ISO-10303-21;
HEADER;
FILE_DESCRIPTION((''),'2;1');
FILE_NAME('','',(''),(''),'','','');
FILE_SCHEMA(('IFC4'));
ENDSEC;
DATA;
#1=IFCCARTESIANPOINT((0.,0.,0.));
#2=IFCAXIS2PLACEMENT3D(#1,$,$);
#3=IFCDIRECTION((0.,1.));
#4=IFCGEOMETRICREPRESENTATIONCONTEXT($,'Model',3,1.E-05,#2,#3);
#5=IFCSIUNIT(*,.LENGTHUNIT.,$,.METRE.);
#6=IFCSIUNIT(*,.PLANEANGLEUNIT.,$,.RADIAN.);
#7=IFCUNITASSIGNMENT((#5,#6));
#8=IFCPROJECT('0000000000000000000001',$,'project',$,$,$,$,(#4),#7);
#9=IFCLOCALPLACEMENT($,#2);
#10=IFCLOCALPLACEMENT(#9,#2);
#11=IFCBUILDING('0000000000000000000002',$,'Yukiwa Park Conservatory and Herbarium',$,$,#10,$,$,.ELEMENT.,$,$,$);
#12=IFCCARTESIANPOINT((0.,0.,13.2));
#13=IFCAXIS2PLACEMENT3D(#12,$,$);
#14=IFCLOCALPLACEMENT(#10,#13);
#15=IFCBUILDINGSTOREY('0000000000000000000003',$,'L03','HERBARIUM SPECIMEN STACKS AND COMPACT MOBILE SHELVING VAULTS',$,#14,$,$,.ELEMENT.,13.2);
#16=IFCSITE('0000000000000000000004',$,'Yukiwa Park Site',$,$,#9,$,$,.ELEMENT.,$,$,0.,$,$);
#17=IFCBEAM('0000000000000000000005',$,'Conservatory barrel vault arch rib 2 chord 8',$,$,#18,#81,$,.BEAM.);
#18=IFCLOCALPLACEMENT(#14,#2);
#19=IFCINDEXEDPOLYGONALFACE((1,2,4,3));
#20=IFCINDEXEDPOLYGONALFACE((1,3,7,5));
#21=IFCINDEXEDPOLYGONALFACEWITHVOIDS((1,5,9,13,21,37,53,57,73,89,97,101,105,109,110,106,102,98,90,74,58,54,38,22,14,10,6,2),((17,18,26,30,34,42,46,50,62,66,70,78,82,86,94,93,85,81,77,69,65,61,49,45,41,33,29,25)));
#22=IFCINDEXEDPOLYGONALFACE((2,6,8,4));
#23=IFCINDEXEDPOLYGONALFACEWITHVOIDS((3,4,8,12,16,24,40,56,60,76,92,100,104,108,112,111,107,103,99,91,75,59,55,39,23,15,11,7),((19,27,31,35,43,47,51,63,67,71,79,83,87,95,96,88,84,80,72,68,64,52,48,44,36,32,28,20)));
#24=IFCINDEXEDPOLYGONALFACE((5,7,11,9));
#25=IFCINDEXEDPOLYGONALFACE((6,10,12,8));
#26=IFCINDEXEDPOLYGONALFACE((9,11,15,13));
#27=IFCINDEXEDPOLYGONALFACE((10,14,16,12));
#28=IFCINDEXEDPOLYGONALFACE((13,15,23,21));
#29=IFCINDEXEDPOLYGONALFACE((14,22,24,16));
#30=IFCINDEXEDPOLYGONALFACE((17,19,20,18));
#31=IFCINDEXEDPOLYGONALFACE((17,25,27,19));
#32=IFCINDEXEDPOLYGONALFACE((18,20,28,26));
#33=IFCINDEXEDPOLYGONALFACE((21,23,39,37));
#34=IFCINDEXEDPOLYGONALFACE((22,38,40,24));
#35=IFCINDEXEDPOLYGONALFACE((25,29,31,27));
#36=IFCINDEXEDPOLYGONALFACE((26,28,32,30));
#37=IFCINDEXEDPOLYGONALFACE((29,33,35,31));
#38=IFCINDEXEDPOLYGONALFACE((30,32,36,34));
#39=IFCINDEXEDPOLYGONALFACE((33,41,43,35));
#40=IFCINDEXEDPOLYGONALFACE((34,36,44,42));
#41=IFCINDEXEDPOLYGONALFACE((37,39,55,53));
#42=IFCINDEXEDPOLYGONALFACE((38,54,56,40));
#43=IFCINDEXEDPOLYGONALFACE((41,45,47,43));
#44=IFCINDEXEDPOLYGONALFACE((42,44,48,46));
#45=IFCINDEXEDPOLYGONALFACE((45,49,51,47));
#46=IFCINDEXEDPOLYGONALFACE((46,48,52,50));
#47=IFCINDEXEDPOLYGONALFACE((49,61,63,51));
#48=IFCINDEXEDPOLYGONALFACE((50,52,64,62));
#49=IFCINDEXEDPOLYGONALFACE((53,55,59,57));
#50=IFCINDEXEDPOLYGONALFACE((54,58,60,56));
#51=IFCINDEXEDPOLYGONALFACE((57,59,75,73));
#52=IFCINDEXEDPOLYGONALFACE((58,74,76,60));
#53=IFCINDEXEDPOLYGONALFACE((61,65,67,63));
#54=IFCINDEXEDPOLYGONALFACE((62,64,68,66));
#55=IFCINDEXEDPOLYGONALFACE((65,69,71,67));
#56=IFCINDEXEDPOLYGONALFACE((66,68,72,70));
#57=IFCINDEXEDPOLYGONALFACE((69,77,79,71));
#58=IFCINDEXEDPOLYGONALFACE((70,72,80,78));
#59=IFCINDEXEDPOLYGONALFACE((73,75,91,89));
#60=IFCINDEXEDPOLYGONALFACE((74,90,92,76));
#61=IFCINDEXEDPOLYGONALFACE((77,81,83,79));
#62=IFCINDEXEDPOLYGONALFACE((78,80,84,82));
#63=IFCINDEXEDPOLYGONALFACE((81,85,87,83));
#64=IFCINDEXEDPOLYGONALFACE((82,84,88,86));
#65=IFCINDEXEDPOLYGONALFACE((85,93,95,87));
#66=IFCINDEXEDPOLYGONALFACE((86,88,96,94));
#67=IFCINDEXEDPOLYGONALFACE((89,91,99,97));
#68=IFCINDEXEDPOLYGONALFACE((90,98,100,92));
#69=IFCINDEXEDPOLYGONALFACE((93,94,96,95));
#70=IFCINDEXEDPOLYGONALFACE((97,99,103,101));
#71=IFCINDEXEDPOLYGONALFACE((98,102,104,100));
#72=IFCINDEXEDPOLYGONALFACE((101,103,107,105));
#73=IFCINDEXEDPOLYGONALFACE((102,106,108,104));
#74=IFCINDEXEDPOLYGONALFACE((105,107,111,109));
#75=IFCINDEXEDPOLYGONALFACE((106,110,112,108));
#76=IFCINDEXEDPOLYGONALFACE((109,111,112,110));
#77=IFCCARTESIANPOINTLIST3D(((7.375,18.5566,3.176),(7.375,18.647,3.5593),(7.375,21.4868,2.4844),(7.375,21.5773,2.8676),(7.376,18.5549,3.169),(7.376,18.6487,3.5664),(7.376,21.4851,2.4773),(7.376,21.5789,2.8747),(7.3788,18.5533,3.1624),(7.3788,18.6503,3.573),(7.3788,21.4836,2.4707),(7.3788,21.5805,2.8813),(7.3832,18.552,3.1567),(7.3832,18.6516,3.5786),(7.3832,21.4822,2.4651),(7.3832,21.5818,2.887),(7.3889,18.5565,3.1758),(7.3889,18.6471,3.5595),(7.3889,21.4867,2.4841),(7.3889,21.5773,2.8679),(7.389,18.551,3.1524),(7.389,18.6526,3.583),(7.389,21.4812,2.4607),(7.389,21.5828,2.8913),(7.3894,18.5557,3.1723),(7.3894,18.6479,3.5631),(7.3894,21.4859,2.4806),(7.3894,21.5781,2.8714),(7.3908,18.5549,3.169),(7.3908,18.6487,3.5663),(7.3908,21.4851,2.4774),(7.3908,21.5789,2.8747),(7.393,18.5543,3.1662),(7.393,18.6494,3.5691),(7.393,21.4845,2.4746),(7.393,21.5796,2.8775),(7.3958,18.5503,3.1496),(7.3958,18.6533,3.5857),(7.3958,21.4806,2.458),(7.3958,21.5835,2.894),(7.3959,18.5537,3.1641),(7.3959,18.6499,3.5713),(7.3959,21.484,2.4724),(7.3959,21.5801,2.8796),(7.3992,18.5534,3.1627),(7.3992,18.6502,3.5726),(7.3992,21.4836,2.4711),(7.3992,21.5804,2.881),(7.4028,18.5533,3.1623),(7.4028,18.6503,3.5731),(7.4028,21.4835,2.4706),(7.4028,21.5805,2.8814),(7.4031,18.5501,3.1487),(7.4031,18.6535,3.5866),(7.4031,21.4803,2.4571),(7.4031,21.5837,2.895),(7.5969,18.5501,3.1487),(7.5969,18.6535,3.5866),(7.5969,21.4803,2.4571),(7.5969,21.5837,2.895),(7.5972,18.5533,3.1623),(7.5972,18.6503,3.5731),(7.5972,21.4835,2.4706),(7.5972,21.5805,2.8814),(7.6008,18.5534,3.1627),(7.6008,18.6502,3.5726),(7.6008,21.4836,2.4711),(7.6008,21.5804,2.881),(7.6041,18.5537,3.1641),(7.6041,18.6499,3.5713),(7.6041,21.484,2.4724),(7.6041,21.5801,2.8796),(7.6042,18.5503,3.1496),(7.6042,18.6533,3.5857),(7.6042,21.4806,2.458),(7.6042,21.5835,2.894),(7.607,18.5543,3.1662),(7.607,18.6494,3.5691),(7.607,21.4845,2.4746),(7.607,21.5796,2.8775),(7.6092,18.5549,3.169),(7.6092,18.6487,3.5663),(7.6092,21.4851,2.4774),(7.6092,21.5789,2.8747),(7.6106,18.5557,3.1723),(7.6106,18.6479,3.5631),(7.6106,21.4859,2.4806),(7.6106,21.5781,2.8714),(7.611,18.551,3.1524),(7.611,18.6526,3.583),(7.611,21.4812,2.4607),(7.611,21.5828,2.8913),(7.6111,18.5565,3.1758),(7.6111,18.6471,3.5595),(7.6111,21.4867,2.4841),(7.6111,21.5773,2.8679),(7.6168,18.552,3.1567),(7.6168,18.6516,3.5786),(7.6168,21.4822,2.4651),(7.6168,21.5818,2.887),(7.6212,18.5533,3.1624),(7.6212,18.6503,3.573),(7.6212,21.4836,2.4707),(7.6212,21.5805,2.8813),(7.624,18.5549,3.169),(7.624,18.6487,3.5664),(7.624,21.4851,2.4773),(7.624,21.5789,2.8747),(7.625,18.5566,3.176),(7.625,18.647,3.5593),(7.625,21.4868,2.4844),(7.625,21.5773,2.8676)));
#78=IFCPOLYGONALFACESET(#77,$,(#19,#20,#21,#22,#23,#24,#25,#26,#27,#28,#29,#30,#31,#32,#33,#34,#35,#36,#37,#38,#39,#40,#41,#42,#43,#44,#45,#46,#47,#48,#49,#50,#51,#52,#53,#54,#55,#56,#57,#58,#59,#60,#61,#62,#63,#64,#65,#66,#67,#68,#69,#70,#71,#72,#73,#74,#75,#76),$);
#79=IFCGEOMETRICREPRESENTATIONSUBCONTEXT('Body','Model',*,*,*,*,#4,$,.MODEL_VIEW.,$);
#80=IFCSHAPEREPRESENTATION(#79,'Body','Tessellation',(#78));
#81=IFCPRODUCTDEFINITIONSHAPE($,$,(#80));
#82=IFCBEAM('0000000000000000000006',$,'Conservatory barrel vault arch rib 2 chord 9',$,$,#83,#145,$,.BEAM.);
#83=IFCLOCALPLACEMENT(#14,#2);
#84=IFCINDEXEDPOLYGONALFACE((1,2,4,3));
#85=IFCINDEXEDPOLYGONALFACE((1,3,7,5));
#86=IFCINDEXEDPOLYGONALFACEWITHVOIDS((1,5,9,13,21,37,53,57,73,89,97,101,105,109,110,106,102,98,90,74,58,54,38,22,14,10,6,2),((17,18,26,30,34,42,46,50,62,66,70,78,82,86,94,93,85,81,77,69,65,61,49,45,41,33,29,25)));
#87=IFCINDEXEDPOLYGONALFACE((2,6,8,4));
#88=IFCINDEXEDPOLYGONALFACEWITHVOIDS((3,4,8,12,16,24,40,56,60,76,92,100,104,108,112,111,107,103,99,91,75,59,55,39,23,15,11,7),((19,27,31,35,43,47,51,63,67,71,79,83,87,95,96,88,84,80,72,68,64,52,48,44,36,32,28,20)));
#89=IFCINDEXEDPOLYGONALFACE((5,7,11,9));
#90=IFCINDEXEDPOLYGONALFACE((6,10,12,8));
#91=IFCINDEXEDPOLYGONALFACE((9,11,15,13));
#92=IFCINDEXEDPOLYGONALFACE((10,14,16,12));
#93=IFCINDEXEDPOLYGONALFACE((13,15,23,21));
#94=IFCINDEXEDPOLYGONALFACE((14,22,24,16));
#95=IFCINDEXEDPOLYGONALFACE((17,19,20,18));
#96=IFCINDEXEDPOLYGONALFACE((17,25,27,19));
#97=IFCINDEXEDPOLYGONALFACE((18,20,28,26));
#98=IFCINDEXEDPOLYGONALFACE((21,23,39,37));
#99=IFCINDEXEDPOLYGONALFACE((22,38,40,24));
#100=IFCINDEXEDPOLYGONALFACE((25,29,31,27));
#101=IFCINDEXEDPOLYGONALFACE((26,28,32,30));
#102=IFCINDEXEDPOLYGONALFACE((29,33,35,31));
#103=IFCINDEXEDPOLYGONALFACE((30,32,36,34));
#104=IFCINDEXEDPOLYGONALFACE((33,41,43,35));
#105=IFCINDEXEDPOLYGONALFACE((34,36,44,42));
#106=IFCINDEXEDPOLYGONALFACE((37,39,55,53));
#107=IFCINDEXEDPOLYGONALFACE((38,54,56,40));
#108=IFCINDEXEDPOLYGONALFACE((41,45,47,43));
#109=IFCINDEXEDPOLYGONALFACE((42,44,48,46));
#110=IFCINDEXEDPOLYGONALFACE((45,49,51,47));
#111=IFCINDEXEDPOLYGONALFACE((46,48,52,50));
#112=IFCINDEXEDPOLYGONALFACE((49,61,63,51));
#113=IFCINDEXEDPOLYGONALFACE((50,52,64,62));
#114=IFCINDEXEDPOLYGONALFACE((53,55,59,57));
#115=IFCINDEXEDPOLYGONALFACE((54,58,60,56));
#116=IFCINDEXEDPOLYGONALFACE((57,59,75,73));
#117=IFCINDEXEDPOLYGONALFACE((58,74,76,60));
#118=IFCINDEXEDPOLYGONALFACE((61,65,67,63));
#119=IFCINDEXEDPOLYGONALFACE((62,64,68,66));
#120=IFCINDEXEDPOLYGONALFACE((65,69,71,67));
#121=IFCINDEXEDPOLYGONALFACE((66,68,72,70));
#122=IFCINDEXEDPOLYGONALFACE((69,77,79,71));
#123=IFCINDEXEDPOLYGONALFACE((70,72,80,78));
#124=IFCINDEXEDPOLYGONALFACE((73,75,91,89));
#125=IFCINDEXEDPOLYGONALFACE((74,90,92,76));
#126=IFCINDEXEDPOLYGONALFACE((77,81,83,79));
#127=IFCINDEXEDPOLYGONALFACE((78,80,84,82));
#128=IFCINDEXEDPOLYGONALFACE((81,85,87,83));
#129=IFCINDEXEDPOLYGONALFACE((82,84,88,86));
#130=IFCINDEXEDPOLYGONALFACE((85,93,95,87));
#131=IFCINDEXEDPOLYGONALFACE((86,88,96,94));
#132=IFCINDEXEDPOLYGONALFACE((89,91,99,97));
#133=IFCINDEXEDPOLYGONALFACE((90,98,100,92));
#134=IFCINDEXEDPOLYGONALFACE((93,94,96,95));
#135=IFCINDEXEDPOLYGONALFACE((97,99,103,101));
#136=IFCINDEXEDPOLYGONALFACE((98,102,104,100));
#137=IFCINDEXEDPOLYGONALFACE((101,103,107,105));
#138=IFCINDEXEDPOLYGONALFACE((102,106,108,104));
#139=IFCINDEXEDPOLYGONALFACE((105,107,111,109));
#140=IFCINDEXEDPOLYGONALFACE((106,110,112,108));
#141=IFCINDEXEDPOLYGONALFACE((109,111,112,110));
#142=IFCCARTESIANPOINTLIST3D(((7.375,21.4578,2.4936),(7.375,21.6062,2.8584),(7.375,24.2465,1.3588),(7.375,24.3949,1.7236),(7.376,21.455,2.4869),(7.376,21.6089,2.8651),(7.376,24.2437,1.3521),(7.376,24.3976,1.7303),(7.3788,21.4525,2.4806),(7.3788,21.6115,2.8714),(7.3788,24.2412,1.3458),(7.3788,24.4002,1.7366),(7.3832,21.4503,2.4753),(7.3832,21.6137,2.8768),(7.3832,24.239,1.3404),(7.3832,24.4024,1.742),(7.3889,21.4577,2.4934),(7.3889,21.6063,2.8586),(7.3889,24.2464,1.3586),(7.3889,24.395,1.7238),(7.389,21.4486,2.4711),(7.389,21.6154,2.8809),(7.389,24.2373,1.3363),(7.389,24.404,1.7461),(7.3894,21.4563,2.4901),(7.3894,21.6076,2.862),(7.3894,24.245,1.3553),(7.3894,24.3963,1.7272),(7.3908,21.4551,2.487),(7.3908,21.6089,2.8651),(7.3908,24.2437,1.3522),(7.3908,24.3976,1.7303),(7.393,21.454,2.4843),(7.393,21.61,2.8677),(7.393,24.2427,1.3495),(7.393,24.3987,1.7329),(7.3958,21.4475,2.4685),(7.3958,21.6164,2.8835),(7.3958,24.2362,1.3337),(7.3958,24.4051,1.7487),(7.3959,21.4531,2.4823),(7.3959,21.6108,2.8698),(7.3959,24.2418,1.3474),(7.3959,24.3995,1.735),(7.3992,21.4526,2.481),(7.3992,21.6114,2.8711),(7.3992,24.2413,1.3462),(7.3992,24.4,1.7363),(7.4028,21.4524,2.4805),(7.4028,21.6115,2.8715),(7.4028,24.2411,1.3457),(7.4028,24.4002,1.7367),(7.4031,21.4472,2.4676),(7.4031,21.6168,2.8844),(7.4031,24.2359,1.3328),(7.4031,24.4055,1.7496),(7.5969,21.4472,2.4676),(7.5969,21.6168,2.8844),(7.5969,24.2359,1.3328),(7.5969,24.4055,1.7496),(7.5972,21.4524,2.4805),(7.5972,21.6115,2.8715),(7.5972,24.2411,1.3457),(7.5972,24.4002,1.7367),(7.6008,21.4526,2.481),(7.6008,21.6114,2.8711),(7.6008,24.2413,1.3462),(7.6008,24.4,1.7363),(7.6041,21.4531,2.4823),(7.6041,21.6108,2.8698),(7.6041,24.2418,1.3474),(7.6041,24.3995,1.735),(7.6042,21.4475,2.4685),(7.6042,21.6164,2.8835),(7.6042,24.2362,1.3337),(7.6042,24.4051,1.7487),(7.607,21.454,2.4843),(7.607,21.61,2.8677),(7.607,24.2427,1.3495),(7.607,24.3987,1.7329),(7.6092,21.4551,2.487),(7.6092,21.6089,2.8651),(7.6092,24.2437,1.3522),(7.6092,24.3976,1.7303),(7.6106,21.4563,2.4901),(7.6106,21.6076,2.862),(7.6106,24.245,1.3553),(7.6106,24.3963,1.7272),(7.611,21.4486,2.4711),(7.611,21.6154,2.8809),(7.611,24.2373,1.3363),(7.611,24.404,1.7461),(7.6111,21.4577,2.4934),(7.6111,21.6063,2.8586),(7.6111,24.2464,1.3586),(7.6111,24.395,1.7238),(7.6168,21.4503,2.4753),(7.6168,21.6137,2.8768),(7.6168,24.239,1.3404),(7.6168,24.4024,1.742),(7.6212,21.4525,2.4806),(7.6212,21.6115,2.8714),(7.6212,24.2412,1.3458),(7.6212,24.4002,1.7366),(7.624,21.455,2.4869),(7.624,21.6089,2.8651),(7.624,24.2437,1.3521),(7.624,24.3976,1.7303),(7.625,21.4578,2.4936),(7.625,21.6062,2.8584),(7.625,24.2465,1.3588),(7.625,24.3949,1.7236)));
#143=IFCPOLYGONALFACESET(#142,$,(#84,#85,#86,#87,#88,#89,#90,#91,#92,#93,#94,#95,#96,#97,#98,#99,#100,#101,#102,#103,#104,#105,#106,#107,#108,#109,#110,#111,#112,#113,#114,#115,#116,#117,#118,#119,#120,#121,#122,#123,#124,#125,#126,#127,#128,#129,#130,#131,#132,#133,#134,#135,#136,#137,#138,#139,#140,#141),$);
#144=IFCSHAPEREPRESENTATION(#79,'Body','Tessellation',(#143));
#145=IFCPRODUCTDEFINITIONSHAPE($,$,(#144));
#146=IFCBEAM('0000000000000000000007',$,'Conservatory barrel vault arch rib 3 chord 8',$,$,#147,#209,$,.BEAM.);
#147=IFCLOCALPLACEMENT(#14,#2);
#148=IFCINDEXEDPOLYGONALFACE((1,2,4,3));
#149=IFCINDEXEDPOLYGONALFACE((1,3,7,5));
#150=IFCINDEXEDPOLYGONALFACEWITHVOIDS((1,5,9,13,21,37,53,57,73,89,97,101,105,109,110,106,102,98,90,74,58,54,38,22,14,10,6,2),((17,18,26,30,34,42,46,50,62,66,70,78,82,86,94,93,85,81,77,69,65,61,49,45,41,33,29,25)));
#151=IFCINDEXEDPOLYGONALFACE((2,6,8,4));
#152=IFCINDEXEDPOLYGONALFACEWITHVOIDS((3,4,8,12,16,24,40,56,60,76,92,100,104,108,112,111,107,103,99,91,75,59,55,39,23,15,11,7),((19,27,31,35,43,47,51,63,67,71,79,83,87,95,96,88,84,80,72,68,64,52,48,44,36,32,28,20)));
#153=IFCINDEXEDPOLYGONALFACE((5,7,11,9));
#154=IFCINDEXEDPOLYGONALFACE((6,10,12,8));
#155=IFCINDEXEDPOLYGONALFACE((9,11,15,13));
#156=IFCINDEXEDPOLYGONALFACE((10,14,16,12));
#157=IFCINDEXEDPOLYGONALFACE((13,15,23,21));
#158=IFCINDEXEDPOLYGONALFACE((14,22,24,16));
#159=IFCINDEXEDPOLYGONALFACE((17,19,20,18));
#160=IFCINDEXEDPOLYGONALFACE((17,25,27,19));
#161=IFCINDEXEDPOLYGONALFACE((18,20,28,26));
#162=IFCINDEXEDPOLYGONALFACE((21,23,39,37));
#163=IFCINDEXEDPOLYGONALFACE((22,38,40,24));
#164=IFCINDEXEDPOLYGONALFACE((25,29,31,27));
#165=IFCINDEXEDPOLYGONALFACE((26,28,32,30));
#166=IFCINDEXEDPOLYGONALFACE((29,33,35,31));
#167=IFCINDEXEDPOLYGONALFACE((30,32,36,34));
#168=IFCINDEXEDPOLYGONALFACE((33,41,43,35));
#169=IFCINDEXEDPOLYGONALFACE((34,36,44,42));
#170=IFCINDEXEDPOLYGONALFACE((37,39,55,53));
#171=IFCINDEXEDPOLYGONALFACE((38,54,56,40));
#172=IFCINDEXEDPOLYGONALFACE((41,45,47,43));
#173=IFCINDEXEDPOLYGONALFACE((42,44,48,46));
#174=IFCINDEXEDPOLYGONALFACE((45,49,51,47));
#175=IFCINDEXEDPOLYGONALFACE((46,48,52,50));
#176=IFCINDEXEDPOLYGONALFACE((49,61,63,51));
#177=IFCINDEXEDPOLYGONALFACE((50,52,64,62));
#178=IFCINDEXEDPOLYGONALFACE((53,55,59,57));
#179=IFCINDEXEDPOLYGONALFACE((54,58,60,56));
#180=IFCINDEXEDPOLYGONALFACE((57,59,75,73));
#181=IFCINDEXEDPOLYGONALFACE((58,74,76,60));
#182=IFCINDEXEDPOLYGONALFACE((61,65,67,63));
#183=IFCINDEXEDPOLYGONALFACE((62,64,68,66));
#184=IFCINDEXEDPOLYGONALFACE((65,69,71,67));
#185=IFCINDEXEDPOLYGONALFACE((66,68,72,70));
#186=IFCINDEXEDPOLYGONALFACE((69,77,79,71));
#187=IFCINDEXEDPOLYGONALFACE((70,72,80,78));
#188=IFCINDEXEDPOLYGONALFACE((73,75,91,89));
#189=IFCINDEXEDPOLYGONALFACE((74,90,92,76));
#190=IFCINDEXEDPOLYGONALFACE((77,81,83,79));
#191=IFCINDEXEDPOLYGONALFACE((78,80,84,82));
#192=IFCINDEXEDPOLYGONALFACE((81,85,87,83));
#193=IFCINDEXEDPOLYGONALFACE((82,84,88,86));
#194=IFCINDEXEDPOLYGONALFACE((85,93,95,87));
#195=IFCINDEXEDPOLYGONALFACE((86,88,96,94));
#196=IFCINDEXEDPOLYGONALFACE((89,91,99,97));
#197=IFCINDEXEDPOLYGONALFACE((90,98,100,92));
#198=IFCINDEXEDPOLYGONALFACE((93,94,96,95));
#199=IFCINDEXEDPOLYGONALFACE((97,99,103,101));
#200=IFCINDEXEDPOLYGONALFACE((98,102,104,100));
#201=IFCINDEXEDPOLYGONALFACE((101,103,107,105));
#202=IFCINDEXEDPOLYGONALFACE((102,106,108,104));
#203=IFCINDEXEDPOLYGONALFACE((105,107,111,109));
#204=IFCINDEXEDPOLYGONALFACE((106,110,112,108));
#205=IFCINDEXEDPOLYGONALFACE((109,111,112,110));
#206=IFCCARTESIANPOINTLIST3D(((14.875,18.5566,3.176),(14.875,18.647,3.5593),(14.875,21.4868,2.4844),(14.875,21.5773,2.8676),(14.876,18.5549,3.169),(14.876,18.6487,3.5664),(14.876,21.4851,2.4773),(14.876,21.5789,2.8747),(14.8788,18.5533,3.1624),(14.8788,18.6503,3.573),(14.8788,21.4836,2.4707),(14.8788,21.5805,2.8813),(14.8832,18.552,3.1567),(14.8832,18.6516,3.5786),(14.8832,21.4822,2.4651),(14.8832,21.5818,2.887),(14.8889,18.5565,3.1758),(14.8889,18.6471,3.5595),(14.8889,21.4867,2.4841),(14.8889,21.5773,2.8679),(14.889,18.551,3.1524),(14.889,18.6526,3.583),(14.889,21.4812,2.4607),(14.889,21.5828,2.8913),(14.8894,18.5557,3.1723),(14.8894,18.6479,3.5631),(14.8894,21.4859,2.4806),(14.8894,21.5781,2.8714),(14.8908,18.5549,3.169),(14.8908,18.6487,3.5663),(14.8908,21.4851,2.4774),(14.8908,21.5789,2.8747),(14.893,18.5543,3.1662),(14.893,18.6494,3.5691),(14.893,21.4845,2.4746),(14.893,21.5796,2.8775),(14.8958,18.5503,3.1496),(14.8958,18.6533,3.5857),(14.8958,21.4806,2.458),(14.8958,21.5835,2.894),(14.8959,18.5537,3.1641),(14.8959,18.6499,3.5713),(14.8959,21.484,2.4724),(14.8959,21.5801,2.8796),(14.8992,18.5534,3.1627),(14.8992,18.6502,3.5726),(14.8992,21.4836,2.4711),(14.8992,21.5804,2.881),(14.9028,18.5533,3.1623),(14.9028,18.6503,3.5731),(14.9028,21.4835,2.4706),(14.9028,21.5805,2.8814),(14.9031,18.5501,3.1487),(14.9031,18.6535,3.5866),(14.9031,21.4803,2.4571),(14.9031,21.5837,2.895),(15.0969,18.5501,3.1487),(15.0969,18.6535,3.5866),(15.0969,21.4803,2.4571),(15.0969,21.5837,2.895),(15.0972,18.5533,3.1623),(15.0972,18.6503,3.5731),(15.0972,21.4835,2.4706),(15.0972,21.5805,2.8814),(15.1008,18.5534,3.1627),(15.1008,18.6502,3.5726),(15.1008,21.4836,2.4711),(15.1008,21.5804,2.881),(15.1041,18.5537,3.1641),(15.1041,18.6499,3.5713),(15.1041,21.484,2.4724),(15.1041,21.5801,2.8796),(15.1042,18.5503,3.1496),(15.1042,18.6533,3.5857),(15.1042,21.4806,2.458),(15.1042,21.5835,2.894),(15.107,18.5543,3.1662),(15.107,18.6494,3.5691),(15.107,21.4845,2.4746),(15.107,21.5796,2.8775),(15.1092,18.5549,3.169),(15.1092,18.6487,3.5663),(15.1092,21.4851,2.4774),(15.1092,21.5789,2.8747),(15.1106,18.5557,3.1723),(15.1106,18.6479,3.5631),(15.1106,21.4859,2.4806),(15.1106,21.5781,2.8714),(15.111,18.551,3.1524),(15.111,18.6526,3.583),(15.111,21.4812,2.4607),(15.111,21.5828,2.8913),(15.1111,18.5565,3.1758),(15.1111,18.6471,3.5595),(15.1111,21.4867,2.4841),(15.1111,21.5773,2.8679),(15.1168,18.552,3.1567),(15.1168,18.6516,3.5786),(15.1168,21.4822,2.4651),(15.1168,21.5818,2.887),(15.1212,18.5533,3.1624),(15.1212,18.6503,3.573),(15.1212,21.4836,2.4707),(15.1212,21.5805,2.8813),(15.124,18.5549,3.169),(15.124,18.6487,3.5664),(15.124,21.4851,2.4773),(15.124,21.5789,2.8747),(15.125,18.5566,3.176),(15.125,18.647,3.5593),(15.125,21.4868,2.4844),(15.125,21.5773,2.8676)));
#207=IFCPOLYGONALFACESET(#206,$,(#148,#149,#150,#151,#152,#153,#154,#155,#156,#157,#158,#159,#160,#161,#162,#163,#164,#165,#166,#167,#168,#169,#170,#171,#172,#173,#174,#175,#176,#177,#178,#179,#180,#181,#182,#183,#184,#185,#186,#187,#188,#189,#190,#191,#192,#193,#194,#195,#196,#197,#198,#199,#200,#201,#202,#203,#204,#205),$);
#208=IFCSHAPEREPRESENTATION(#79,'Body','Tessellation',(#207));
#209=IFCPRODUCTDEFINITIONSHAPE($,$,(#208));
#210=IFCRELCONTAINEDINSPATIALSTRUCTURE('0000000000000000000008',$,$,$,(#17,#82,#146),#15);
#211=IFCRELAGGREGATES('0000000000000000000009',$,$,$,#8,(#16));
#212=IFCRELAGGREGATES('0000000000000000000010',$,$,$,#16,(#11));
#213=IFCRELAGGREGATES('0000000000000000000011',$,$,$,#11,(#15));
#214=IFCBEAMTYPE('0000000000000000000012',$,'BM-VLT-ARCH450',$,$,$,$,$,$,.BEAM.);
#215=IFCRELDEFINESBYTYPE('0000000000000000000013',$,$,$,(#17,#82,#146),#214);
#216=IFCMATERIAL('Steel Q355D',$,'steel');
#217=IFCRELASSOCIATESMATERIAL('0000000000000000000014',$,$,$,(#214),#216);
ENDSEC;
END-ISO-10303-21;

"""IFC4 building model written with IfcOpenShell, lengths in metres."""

from ifc_helpers import new_model, si_unit, direction, frame, origin, origin_2d, place, context, subcontext, project, spatial, hollow_rectangle, extrude, material, material_profile, profile_set, type_object, element, save


model = new_model("IFC4")

# Units and contexts
model_context = context("Model", 3, precision=1e-05, world=origin(), true_north=direction((0.0, 1.0)))
body_context = subcontext(model_context, "Body", "Model", "MODEL_VIEW")
ifc_project = project(units=[si_unit("LENGTHUNIT", "METRE"), si_unit("PLANEANGLEUNIT", "RADIAN")], contexts=[model_context])

# Site, building, storey
site_placement = place(None, origin())
site = spatial("IfcSite", under=ifc_project, at=site_placement, Name="Yukiwa Park Site", CompositionType="ELEMENT", RefElevation=0.0)
building_placement = place(site_placement, origin())
building = spatial("IfcBuilding", under=site, at=building_placement, Name="Yukiwa Park Conservatory and Herbarium", CompositionType="ELEMENT")
storey_placement = place(building_placement, frame((0.0, 0.0, 13.2)))
storey = spatial("IfcBuildingStorey", under=building, at=storey_placement, Name="L03", Description="HERBARIUM SPECIMEN STACKS AND COMPACT MOBILE SHELVING VAULTS", CompositionType="ELEMENT", Elevation=13.2)

# Beams
ifc_material_1 = material(Name="Steel Q355D", Category="steel")
ifc_material_profile_1 = material_profile(ifc_material_1, hollow_rectangle(XDim=0.25, YDim=0.45, WallThickness=0.0139, InnerFilletRadius=0.0139, OuterFilletRadius=0.0281, at=origin_2d()), Name="RHS 450x250x14")
ifc_profile_set_1 = profile_set([ifc_material_profile_1], Name="Steel Q355D")
beam_type = type_object("IfcBeamType", Name="BM-VLT-ARCH450", PredefinedType="BEAM", material=ifc_profile_set_1)
for number, where, z_axis, x_axis, name in (
    (1, (7.5, 18.6018, 3.3677), (0.0, 0.973254, -0.229731), (-1.0, 0.0, 0.0), "Conservatory barrel vault arch rib 2 chord 8"),
    (2, (7.5, 21.532, 2.676), (0.0, 0.926246, -0.376921), (-1.0, 0.0, 0.0), "Conservatory barrel vault arch rib 2 chord 9"),
    (3, (15.0, 18.6018, 3.3677), (0.0, 0.973254, -0.229731), (-1.0, 0.0, 0.0), "Conservatory barrel vault arch rib 3 chord 8"),
):
    element("IfcBeam", number, at=place(storey_placement, frame(where, z_axis=z_axis, x_axis=x_axis)), inside=storey, type_object=beam_type, Name=name, PredefinedType="BEAM", context=body_context, shape_type="SweptSolid", body=[
        extrude(hollow_rectangle(XDim=0.25, YDim=0.45, WallThickness=0.0139, InnerFilletRadius=0.0139, OuterFilletRadius=0.0281, at=origin_2d()), origin(), (0.0, 0.0, 1.0), 3.0107),
    ])

save(model, "model.ifc")
